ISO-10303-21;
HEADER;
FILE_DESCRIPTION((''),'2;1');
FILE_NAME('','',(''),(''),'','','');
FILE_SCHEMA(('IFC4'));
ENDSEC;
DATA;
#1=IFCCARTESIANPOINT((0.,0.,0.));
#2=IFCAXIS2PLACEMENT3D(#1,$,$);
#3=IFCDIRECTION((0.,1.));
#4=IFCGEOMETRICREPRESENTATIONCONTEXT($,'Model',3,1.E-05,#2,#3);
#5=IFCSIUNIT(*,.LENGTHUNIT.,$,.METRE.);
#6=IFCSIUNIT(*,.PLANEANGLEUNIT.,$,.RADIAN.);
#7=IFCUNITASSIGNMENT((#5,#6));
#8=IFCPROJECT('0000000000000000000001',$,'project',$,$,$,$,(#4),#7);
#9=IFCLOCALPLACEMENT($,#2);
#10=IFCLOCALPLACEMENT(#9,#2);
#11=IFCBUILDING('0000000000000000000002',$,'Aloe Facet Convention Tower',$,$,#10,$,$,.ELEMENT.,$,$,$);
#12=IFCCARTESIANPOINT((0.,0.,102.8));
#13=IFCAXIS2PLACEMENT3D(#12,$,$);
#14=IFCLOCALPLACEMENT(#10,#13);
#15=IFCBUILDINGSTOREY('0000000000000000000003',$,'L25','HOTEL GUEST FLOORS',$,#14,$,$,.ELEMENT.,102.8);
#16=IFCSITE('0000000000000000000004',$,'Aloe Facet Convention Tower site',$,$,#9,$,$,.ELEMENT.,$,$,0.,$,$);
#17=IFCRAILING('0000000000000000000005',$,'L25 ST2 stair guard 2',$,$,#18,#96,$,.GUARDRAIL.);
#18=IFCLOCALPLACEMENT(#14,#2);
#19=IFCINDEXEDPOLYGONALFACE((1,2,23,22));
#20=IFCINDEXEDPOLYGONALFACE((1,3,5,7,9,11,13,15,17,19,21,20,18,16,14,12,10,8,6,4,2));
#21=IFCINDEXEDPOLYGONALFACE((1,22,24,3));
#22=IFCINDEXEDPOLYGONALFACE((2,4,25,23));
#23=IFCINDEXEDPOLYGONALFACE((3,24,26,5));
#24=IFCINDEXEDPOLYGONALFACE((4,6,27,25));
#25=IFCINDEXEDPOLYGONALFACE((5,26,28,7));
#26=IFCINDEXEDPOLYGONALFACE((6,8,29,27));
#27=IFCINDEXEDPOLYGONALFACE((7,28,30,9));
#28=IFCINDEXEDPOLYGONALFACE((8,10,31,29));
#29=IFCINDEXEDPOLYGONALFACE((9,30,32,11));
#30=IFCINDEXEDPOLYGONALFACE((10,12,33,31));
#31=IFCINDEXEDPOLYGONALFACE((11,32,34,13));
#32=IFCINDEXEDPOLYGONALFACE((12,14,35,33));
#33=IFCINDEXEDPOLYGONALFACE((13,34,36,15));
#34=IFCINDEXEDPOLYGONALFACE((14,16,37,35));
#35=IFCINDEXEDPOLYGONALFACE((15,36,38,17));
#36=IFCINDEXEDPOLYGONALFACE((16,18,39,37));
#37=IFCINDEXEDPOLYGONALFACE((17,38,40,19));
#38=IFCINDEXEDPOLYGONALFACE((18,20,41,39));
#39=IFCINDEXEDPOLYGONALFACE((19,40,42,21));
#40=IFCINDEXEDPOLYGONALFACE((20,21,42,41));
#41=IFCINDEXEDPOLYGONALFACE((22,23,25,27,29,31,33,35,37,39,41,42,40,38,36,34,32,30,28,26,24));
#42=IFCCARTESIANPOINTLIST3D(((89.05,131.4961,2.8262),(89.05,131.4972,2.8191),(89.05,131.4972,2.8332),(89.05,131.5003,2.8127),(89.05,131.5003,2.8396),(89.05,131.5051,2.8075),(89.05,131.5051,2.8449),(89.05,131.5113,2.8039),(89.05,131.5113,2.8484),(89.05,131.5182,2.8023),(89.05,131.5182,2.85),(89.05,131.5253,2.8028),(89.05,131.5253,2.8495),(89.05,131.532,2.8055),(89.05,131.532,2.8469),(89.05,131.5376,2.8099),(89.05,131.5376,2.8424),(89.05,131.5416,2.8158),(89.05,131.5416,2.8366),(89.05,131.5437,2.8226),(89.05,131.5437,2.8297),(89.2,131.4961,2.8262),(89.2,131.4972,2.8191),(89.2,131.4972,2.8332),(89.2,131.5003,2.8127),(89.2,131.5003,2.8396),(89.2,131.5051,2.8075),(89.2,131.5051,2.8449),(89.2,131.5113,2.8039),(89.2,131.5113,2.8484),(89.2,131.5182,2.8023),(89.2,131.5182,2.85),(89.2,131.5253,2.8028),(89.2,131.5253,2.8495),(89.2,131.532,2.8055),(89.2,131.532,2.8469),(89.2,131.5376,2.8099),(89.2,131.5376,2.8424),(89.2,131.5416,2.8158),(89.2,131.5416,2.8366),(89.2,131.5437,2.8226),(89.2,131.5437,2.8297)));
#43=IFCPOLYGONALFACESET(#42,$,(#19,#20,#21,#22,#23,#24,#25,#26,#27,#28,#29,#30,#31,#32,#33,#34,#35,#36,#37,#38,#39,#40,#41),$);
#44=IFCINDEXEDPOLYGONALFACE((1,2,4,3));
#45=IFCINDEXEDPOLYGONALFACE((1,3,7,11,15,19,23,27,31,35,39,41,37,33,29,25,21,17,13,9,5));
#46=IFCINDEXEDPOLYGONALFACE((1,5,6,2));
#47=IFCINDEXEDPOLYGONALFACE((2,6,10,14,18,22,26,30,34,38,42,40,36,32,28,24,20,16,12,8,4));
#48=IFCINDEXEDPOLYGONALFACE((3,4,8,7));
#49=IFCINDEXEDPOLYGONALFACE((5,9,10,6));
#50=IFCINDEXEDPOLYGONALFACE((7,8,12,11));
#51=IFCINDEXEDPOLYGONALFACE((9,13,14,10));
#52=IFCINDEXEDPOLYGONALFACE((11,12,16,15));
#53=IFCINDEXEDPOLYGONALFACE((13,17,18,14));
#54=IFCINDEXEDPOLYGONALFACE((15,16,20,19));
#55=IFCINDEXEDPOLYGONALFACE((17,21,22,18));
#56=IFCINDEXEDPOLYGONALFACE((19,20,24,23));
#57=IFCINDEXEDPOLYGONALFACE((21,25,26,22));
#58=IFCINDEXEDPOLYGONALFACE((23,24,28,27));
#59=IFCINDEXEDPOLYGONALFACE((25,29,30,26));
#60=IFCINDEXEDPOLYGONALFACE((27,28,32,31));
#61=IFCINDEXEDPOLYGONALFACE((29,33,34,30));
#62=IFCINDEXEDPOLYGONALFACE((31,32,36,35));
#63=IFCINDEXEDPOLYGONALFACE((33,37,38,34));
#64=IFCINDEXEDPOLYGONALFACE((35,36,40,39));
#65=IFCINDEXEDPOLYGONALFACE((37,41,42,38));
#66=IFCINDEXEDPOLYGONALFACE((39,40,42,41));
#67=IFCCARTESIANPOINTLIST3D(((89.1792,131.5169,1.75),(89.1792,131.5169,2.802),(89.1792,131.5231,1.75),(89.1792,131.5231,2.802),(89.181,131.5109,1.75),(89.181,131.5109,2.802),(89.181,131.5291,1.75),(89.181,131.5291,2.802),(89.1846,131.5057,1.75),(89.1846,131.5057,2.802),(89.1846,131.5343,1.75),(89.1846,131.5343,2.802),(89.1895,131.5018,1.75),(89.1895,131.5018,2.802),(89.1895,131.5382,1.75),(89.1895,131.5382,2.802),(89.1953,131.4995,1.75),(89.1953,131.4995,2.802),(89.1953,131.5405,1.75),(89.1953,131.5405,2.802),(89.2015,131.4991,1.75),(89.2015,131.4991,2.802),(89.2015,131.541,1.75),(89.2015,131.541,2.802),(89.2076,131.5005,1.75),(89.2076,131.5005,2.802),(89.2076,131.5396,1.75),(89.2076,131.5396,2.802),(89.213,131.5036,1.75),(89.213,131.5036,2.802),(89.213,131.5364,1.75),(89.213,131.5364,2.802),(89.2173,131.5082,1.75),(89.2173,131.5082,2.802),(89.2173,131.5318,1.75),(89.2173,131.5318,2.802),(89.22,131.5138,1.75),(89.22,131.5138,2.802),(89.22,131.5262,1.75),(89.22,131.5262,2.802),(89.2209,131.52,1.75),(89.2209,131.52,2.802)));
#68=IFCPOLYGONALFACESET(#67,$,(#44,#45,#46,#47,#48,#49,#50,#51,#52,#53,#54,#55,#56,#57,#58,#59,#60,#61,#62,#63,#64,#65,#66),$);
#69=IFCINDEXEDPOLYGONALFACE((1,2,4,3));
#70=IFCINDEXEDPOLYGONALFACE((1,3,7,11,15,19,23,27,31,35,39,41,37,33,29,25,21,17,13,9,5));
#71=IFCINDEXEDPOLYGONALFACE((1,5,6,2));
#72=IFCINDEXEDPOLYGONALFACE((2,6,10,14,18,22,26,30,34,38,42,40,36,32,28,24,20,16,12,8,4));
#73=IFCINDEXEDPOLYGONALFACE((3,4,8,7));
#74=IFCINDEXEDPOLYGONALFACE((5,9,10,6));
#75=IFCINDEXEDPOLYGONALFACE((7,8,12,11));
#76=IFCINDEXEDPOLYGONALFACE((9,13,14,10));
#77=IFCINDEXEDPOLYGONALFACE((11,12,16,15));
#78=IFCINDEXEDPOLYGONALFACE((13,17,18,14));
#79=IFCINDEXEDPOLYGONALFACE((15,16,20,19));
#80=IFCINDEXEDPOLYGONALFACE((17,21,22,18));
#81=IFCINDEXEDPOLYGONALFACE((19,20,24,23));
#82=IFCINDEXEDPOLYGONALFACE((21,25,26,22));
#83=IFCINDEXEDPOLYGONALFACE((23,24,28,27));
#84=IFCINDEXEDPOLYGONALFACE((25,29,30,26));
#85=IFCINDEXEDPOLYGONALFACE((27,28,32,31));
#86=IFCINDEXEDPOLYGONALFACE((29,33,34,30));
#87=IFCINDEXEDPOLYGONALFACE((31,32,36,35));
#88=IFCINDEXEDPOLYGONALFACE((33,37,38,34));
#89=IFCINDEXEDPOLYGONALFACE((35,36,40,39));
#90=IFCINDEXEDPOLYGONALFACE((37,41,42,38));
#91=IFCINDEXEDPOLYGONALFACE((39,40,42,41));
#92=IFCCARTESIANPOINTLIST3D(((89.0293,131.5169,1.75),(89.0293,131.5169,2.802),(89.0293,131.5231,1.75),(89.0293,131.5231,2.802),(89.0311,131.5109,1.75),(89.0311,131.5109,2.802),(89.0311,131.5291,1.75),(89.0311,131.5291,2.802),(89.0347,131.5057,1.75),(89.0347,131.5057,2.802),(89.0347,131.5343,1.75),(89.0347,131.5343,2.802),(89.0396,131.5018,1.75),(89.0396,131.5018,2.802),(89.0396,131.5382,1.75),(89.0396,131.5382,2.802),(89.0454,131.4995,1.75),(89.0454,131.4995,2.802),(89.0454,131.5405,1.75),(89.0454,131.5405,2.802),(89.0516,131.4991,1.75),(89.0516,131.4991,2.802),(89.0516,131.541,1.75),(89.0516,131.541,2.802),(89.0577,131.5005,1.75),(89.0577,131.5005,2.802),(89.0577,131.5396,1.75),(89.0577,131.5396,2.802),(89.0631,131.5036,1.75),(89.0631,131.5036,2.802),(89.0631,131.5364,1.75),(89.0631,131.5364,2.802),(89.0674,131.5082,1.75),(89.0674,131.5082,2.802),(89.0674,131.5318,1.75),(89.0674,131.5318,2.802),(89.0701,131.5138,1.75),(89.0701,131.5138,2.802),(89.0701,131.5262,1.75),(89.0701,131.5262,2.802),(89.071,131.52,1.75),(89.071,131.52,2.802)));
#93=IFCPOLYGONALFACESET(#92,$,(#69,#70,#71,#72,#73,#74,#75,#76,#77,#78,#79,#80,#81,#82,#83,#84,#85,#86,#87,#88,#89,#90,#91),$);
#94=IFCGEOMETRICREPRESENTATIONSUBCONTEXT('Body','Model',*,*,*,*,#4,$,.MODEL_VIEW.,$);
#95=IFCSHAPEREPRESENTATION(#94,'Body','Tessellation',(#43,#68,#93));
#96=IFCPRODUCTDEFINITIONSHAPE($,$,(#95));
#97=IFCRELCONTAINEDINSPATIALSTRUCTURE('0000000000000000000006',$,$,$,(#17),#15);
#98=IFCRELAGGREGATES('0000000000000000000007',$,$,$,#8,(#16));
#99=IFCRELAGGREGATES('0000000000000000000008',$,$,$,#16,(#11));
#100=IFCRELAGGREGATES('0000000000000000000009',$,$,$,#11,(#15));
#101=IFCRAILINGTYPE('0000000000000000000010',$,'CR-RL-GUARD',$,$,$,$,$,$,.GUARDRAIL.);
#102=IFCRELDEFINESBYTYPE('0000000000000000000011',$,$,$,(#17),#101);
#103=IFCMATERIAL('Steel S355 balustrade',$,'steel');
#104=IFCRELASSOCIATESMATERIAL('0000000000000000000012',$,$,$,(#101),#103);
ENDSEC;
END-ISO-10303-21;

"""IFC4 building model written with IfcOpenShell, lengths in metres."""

from ifc_helpers import new_model, si_unit, direction, frame, origin, origin_2d, place, context, subcontext, project, spatial, circle, extrude, material, type_object, element, save


model = new_model("IFC4")

# Units and contexts
model_context = context("Model", 3, precision=1e-05, world=origin(), true_north=direction((0.0, 1.0)))
body_context = subcontext(model_context, "Body", "Model", "MODEL_VIEW")
ifc_project = project(units=[si_unit("LENGTHUNIT", "METRE"), si_unit("PLANEANGLEUNIT", "RADIAN")], contexts=[model_context])

# Site, building, storey
site_placement = place(None, origin())
site = spatial("IfcSite", under=ifc_project, at=site_placement, Name="Aloe Facet Convention Tower site", CompositionType="ELEMENT", RefElevation=0.0)
building_placement = place(site_placement, origin())
building = spatial("IfcBuilding", under=site, at=building_placement, Name="Aloe Facet Convention Tower", CompositionType="ELEMENT")
storey_placement = place(building_placement, frame((0.0, 0.0, 102.8)))
storey = spatial("IfcBuildingStorey", under=building, at=storey_placement, Name="L25", Description="HOTEL GUEST FLOORS", CompositionType="ELEMENT", Elevation=102.8)

# Railing
ifc_material_1 = material(Name="Steel S355 balustrade", Category="steel")
railing_type_1 = type_object("IfcRailingType", Name="CR-RL-GUARD", PredefinedType="GUARDRAIL", material=ifc_material_1)
railing_1_placement = place(storey_placement, frame((89.2, 131.52, 1.75)))
element("IfcRailing", 1, at=railing_1_placement, inside=storey, type_object=railing_type_1, Name="L25 ST2 stair guard 2", PredefinedType="GUARDRAIL", context=body_context, shape_type="SweptSolid", body=[
    extrude(circle(Radius=0.0239, at=origin_2d()), frame((0.0, 0.0, 1.0762), z_axis=(-1.0, 0.0, 0.0), x_axis=(0.0, -1.0, 0.0)), (0.0, 0.0, 1.0), 0.1499),
    extrude(circle(Radius=0.021, at=origin_2d()), origin(), (0.0, 0.0, 1.0), 1.052),
    extrude(circle(Radius=0.021, at=origin_2d()), frame((-0.1499, 0.0, 0.0)), (0.0, 0.0, 1.0), 1.052),
])

save(model, "model.ifc")
